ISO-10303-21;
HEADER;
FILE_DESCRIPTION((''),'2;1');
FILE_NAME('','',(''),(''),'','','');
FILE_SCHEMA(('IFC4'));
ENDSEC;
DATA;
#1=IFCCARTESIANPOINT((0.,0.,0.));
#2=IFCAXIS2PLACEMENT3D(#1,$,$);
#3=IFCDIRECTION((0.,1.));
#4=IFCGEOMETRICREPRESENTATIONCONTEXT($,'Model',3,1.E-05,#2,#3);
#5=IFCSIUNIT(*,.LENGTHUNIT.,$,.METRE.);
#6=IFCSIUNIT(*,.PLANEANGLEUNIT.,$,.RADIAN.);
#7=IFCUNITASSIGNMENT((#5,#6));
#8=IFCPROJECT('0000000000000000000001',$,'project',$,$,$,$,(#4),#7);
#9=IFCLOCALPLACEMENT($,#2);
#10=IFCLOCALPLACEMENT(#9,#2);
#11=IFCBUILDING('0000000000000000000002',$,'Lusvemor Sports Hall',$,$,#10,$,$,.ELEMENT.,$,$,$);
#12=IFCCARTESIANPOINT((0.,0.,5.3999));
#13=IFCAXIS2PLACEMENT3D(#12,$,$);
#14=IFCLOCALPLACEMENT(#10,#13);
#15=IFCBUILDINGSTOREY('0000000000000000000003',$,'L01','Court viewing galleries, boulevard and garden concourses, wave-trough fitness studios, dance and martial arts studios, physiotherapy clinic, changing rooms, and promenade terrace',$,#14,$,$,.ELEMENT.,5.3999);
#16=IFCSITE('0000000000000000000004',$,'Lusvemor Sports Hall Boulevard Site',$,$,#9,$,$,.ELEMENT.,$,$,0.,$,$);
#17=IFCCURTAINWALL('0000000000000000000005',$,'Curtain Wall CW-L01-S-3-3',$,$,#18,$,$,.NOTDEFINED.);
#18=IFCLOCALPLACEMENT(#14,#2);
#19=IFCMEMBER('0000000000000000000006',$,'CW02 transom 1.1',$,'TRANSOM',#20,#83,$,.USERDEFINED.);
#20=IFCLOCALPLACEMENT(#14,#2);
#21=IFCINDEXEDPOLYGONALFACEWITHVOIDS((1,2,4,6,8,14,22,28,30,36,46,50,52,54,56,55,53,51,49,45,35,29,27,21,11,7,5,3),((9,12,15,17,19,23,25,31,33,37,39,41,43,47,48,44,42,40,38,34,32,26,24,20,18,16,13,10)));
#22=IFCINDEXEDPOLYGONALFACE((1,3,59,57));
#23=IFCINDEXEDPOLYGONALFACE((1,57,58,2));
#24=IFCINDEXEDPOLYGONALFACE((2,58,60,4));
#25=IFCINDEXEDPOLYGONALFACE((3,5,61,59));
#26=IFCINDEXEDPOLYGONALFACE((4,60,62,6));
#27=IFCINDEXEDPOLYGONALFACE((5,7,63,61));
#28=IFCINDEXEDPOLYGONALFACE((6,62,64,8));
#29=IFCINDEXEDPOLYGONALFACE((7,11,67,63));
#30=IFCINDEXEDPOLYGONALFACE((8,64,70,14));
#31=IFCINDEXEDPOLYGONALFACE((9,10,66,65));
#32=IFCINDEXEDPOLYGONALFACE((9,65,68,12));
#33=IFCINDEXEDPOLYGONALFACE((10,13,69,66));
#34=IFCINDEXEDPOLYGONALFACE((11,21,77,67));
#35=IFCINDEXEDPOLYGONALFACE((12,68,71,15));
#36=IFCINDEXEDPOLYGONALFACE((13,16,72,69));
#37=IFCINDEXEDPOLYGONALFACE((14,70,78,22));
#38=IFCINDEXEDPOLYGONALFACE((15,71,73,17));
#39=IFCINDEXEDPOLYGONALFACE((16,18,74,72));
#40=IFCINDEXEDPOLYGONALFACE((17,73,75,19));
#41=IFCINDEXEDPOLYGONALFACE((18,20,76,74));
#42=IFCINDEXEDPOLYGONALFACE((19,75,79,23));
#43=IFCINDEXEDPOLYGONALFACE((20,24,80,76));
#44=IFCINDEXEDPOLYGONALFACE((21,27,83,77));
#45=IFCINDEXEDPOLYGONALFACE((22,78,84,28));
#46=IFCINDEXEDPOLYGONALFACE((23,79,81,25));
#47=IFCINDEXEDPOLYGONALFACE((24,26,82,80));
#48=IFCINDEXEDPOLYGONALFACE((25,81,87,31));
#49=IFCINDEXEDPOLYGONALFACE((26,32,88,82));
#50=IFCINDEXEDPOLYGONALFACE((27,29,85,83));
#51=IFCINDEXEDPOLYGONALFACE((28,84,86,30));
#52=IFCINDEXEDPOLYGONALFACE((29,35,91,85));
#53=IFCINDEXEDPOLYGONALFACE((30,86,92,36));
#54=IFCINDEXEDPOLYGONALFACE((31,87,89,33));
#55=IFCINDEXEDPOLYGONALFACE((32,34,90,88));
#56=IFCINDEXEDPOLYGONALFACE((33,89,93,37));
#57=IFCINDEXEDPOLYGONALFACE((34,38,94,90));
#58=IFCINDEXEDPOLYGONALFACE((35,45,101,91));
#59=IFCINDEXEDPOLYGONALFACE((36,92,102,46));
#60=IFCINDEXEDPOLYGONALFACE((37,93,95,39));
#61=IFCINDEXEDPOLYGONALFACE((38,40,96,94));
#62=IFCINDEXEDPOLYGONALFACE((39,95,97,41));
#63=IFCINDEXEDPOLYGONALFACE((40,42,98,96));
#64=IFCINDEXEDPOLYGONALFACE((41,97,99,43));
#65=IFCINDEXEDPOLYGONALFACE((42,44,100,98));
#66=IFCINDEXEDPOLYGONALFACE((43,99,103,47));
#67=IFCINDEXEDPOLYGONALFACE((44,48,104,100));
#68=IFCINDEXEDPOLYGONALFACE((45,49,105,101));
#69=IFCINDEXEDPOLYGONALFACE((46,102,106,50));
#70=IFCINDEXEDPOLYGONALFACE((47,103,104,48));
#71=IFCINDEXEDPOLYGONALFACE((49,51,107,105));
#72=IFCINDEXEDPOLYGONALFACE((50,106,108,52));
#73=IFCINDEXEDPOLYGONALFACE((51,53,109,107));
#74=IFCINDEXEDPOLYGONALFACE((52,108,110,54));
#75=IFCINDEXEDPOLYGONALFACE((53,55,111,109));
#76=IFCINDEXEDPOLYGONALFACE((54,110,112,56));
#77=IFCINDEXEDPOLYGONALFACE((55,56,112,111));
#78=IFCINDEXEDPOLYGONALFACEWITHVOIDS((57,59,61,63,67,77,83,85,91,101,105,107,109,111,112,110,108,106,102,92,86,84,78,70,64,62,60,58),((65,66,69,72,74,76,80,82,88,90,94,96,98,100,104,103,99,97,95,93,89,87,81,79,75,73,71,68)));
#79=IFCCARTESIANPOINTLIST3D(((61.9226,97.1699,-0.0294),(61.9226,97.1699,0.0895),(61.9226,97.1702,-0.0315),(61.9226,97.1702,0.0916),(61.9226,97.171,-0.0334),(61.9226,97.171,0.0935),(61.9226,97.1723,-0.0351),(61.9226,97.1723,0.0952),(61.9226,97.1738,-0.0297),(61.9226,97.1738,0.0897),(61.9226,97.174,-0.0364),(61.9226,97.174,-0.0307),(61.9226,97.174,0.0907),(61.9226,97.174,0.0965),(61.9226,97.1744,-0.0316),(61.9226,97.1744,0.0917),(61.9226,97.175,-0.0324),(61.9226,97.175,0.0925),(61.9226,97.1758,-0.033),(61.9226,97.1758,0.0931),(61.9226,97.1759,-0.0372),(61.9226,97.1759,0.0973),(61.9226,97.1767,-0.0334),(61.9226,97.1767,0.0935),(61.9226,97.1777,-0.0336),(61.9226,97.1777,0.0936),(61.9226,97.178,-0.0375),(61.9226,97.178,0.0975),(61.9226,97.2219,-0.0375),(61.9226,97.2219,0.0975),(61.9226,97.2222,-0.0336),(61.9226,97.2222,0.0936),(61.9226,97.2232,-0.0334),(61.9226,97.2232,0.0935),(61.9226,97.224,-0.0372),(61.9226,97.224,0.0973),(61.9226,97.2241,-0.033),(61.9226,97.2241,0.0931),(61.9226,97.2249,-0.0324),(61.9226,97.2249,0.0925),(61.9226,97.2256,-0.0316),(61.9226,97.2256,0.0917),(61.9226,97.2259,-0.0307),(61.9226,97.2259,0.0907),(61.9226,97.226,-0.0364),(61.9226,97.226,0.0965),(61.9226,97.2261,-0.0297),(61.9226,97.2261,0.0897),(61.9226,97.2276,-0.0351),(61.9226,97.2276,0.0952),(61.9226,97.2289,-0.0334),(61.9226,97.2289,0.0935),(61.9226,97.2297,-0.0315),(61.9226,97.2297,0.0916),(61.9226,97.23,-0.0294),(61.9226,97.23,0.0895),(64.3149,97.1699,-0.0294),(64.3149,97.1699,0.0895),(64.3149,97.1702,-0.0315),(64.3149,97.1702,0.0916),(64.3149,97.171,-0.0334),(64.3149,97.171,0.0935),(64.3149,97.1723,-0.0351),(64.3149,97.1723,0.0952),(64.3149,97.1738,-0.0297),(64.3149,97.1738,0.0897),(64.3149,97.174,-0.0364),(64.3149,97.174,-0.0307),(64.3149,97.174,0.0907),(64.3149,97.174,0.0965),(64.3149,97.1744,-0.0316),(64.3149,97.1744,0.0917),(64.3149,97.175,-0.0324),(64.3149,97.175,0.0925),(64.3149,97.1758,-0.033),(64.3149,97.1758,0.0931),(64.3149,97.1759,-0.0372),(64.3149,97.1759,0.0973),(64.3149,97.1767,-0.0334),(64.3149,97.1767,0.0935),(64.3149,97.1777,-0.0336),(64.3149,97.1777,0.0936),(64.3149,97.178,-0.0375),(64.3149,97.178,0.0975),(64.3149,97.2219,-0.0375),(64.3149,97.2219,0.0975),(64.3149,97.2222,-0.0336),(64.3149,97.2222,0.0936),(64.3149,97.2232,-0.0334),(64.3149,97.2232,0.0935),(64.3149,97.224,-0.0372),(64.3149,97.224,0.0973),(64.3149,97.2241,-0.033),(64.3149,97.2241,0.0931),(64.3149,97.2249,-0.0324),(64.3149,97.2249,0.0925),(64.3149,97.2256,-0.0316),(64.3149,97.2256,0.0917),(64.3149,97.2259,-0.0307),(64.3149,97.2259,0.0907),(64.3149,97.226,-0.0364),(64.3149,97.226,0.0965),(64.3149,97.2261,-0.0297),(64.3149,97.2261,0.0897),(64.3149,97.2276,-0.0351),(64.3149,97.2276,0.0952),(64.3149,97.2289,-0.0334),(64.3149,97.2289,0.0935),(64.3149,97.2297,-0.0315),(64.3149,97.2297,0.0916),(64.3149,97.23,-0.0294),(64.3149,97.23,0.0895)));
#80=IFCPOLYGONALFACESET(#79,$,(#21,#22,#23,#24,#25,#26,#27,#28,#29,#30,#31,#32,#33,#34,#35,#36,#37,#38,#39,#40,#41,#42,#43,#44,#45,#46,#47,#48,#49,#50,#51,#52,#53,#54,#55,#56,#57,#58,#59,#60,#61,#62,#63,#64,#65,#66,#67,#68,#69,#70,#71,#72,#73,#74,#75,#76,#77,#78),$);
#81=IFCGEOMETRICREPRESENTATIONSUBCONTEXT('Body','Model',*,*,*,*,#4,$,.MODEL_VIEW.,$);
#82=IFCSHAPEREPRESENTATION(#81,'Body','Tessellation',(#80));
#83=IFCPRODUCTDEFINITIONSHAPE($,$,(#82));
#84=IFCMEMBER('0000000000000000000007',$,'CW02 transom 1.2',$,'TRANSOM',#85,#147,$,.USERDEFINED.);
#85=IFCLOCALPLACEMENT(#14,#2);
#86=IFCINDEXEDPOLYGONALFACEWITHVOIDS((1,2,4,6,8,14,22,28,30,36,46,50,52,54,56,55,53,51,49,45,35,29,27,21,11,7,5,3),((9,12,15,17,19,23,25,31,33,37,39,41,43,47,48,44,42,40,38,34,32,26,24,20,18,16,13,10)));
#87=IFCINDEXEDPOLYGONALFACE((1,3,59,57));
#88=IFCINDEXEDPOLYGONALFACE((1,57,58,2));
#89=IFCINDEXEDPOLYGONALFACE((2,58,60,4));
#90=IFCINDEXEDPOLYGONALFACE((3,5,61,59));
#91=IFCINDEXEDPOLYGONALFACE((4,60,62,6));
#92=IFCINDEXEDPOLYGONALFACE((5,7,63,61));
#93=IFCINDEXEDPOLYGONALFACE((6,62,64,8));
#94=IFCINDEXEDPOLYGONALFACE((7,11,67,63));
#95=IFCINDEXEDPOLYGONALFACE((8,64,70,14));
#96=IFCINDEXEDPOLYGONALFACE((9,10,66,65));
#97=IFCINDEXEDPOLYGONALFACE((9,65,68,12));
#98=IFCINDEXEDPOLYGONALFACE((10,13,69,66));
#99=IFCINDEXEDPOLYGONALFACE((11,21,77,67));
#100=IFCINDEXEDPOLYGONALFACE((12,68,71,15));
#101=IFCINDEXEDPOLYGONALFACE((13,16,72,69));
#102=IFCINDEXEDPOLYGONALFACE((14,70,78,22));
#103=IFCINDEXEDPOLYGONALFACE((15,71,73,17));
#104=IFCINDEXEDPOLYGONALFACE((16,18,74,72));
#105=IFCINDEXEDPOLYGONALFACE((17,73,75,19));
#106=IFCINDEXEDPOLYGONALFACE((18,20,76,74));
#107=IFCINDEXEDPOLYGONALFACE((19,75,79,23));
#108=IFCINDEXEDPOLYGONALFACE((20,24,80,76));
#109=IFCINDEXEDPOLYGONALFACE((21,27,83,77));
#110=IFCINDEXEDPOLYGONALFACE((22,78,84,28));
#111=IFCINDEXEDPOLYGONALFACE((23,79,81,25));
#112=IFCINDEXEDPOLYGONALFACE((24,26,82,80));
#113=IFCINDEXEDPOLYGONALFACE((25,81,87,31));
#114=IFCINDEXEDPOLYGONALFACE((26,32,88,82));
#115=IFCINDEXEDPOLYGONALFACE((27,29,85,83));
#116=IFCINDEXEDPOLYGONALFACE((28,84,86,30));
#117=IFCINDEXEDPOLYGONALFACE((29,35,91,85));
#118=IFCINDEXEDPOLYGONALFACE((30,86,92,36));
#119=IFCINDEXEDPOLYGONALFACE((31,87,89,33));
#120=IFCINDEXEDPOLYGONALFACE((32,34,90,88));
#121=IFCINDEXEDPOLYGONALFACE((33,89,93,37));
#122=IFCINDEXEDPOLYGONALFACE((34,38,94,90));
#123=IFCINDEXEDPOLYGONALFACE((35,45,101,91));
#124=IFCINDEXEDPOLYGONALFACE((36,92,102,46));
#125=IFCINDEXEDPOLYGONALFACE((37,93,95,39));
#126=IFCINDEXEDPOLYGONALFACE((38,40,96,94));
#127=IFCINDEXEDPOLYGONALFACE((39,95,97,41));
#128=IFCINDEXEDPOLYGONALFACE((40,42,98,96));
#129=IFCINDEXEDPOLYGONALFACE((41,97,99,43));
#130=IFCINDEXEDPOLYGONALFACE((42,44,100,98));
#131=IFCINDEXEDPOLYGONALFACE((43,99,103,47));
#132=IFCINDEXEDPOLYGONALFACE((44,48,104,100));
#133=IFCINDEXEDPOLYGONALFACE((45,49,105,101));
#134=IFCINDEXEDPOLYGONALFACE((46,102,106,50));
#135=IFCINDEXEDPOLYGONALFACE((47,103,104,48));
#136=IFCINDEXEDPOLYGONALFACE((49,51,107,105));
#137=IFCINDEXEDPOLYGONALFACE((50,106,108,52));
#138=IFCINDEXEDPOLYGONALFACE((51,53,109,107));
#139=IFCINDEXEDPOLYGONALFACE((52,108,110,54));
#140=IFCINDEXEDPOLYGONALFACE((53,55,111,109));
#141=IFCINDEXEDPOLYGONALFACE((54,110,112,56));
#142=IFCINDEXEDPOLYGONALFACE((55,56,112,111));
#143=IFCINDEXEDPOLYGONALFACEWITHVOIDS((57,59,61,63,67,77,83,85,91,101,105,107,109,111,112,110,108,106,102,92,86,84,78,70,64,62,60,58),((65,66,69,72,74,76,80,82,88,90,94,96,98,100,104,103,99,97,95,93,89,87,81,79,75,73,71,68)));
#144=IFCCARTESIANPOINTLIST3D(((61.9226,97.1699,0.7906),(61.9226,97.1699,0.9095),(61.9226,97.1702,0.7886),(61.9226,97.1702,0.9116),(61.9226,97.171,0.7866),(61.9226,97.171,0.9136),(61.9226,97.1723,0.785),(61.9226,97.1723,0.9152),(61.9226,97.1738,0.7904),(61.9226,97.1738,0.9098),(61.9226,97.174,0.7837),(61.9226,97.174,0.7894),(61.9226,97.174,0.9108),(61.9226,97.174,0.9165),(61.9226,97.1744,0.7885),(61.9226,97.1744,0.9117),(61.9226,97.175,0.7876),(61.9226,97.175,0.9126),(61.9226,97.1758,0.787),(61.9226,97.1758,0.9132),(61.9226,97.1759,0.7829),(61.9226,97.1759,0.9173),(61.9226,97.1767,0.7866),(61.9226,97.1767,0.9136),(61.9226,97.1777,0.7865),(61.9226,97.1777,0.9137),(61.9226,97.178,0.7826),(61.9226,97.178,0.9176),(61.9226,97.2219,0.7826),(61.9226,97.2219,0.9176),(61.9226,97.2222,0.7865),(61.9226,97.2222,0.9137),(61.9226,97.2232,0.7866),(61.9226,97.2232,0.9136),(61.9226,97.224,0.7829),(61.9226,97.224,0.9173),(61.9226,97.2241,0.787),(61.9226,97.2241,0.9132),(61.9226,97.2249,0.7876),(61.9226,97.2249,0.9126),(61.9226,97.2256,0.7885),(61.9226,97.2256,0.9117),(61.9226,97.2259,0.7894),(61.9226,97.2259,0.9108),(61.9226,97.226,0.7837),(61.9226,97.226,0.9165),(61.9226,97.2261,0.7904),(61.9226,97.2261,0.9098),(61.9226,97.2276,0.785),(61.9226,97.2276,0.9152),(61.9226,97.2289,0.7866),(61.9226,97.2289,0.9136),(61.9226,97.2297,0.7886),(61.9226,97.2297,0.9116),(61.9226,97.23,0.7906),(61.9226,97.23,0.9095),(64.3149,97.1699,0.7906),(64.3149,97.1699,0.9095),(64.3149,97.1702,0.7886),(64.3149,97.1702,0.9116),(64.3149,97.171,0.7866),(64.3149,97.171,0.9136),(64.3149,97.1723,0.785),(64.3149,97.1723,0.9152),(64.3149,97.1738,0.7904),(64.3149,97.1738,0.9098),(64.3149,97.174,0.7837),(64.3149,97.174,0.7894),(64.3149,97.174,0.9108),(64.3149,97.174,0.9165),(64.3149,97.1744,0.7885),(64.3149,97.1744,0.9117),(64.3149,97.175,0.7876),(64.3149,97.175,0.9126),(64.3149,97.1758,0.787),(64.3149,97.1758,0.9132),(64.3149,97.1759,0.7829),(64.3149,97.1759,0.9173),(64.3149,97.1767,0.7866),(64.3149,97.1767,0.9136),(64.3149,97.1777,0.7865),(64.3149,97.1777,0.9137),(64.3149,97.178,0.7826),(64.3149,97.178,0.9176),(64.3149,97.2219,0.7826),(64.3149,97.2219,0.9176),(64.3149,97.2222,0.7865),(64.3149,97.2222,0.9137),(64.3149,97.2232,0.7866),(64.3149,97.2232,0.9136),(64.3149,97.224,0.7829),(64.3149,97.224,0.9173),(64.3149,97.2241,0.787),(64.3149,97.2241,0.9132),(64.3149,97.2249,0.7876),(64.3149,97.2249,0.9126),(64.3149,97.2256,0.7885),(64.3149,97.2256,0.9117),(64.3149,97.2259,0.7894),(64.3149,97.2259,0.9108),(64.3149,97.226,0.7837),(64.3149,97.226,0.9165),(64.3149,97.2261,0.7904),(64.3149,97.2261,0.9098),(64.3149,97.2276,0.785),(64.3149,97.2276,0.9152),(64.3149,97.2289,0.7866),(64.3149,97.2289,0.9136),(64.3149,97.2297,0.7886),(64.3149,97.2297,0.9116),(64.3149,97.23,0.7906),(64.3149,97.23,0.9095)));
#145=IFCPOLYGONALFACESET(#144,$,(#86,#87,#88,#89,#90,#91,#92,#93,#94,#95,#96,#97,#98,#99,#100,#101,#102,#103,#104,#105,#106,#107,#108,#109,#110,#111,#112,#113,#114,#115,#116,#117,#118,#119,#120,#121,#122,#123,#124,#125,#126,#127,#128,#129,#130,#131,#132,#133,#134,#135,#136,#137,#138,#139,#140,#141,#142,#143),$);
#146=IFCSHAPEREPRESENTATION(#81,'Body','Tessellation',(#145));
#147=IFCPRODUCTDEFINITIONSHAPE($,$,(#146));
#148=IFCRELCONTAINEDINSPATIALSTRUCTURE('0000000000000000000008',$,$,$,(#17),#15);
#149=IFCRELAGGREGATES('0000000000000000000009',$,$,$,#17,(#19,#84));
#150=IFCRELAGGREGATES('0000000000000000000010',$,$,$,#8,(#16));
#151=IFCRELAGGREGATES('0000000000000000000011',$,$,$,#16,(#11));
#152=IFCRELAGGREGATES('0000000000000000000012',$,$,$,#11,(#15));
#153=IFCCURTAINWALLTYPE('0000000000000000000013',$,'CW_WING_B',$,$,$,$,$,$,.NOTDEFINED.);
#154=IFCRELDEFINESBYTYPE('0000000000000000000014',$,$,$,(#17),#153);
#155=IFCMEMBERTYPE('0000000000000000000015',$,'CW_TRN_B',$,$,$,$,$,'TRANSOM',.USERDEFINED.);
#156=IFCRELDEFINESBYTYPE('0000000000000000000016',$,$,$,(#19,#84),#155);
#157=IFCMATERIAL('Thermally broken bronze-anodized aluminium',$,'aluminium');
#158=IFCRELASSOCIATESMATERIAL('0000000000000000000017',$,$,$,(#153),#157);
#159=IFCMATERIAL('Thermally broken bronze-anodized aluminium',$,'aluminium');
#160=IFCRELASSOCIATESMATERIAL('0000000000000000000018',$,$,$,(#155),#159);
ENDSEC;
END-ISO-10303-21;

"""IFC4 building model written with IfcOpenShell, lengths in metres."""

from ifc_helpers import new_model, si_unit, direction, frame, origin, origin_2d, place, context, subcontext, project, spatial, hollow_rectangle, extrude, material, material_profile, profile_set, type_object, element, aggregate, save


model = new_model("IFC4")

# Units and contexts
model_context = context("Model", 3, precision=1e-05, world=origin(), true_north=direction((0.0, 1.0)))
body_context = subcontext(model_context, "Body", "Model", "MODEL_VIEW")
ifc_project = project(units=[si_unit("LENGTHUNIT", "METRE"), si_unit("PLANEANGLEUNIT", "RADIAN")], contexts=[model_context])

# Site, building, storey
site_placement = place(None, origin())
site = spatial("IfcSite", under=ifc_project, at=site_placement, Name="Lusvemor Sports Hall Boulevard Site", CompositionType="ELEMENT", RefElevation=0.0)
building_placement = place(site_placement, origin())
building = spatial("IfcBuilding", under=site, at=building_placement, Name="Lusvemor Sports Hall", CompositionType="ELEMENT")
storey_placement = place(building_placement, frame((0.0, 0.0, 5.3999)))
storey = spatial("IfcBuildingStorey", under=building, at=storey_placement, Name="L01", Description="Court viewing galleries, boulevard and garden concourses, wave-trough fitness studios, dance and martial arts studios, physiotherapy clinic, changing rooms, and promenade terrace", CompositionType="ELEMENT", Elevation=5.3999)

# Curtain wall, members
ifc_material_1 = material(Name="Thermally broken bronze-anodized aluminium", Category="aluminium")
curtain_wall_type = type_object("IfcCurtainWallType", Name="CW_WING_B", PredefinedType="NOTDEFINED", material=ifc_material_1)
curtain_wall_placement = place(storey_placement, origin())
curtain_wall = element("IfcCurtainWall", 1, at=curtain_wall_placement, inside=storey, type_object=curtain_wall_type, Name="Curtain Wall CW-L01-S-3-3", PredefinedType="NOTDEFINED")
ifc_material_2 = material(Name="Thermally broken bronze-anodized aluminium", Category="aluminium")
ifc_material_profile_1 = material_profile(ifc_material_2, hollow_rectangle(XDim=0.0601, YDim=0.135, WallThickness=0.0039, InnerFilletRadius=0.0039, OuterFilletRadius=0.0081, at=origin_2d()), Name="CWTRN135x60x4")
ifc_profile_set_1 = profile_set([ifc_material_profile_1], Name="Thermally broken bronze-anodized aluminium")
member_type_1 = type_object("IfcMemberType", Name="CW_TRN_B", ElementType="TRANSOM", PredefinedType="USERDEFINED", material=ifc_profile_set_1)
member_1_placement = place(storey_placement, frame((64.3149, 97.2, 0.03), z_axis=(-1.0, 0.0, 0.0), x_axis=(0.0, -1.0, 0.0)))
member_1 = element("IfcMember", 2, at=member_1_placement, type_object=member_type_1, Name="CW02 transom 1.1", ObjectType="TRANSOM", PredefinedType="USERDEFINED", context=body_context, shape_type="SweptSolid", body=[
    extrude(hollow_rectangle(XDim=0.0601, YDim=0.135, WallThickness=0.0039, InnerFilletRadius=0.0039, OuterFilletRadius=0.0081, at=origin_2d()), origin(), (0.0, 0.0, 1.0), 2.3923),
])
member_2_placement = place(storey_placement, frame((64.3149, 97.2, 0.8501), z_axis=(-1.0, 0.0, 0.0), x_axis=(0.0, -1.0, 0.0)))
member_2 = element("IfcMember", 3, at=member_2_placement, type_object=member_type_1, Name="CW02 transom 1.2", ObjectType="TRANSOM", PredefinedType="USERDEFINED", context=body_context, shape_type="SweptSolid", body=[
    extrude(hollow_rectangle(XDim=0.0601, YDim=0.135, WallThickness=0.0039, InnerFilletRadius=0.0039, OuterFilletRadius=0.0081, at=origin_2d()), origin(), (0.0, 0.0, 1.0), 2.3923),
])
aggregate(curtain_wall, [member_1, member_2])

save(model, "model.ifc")
